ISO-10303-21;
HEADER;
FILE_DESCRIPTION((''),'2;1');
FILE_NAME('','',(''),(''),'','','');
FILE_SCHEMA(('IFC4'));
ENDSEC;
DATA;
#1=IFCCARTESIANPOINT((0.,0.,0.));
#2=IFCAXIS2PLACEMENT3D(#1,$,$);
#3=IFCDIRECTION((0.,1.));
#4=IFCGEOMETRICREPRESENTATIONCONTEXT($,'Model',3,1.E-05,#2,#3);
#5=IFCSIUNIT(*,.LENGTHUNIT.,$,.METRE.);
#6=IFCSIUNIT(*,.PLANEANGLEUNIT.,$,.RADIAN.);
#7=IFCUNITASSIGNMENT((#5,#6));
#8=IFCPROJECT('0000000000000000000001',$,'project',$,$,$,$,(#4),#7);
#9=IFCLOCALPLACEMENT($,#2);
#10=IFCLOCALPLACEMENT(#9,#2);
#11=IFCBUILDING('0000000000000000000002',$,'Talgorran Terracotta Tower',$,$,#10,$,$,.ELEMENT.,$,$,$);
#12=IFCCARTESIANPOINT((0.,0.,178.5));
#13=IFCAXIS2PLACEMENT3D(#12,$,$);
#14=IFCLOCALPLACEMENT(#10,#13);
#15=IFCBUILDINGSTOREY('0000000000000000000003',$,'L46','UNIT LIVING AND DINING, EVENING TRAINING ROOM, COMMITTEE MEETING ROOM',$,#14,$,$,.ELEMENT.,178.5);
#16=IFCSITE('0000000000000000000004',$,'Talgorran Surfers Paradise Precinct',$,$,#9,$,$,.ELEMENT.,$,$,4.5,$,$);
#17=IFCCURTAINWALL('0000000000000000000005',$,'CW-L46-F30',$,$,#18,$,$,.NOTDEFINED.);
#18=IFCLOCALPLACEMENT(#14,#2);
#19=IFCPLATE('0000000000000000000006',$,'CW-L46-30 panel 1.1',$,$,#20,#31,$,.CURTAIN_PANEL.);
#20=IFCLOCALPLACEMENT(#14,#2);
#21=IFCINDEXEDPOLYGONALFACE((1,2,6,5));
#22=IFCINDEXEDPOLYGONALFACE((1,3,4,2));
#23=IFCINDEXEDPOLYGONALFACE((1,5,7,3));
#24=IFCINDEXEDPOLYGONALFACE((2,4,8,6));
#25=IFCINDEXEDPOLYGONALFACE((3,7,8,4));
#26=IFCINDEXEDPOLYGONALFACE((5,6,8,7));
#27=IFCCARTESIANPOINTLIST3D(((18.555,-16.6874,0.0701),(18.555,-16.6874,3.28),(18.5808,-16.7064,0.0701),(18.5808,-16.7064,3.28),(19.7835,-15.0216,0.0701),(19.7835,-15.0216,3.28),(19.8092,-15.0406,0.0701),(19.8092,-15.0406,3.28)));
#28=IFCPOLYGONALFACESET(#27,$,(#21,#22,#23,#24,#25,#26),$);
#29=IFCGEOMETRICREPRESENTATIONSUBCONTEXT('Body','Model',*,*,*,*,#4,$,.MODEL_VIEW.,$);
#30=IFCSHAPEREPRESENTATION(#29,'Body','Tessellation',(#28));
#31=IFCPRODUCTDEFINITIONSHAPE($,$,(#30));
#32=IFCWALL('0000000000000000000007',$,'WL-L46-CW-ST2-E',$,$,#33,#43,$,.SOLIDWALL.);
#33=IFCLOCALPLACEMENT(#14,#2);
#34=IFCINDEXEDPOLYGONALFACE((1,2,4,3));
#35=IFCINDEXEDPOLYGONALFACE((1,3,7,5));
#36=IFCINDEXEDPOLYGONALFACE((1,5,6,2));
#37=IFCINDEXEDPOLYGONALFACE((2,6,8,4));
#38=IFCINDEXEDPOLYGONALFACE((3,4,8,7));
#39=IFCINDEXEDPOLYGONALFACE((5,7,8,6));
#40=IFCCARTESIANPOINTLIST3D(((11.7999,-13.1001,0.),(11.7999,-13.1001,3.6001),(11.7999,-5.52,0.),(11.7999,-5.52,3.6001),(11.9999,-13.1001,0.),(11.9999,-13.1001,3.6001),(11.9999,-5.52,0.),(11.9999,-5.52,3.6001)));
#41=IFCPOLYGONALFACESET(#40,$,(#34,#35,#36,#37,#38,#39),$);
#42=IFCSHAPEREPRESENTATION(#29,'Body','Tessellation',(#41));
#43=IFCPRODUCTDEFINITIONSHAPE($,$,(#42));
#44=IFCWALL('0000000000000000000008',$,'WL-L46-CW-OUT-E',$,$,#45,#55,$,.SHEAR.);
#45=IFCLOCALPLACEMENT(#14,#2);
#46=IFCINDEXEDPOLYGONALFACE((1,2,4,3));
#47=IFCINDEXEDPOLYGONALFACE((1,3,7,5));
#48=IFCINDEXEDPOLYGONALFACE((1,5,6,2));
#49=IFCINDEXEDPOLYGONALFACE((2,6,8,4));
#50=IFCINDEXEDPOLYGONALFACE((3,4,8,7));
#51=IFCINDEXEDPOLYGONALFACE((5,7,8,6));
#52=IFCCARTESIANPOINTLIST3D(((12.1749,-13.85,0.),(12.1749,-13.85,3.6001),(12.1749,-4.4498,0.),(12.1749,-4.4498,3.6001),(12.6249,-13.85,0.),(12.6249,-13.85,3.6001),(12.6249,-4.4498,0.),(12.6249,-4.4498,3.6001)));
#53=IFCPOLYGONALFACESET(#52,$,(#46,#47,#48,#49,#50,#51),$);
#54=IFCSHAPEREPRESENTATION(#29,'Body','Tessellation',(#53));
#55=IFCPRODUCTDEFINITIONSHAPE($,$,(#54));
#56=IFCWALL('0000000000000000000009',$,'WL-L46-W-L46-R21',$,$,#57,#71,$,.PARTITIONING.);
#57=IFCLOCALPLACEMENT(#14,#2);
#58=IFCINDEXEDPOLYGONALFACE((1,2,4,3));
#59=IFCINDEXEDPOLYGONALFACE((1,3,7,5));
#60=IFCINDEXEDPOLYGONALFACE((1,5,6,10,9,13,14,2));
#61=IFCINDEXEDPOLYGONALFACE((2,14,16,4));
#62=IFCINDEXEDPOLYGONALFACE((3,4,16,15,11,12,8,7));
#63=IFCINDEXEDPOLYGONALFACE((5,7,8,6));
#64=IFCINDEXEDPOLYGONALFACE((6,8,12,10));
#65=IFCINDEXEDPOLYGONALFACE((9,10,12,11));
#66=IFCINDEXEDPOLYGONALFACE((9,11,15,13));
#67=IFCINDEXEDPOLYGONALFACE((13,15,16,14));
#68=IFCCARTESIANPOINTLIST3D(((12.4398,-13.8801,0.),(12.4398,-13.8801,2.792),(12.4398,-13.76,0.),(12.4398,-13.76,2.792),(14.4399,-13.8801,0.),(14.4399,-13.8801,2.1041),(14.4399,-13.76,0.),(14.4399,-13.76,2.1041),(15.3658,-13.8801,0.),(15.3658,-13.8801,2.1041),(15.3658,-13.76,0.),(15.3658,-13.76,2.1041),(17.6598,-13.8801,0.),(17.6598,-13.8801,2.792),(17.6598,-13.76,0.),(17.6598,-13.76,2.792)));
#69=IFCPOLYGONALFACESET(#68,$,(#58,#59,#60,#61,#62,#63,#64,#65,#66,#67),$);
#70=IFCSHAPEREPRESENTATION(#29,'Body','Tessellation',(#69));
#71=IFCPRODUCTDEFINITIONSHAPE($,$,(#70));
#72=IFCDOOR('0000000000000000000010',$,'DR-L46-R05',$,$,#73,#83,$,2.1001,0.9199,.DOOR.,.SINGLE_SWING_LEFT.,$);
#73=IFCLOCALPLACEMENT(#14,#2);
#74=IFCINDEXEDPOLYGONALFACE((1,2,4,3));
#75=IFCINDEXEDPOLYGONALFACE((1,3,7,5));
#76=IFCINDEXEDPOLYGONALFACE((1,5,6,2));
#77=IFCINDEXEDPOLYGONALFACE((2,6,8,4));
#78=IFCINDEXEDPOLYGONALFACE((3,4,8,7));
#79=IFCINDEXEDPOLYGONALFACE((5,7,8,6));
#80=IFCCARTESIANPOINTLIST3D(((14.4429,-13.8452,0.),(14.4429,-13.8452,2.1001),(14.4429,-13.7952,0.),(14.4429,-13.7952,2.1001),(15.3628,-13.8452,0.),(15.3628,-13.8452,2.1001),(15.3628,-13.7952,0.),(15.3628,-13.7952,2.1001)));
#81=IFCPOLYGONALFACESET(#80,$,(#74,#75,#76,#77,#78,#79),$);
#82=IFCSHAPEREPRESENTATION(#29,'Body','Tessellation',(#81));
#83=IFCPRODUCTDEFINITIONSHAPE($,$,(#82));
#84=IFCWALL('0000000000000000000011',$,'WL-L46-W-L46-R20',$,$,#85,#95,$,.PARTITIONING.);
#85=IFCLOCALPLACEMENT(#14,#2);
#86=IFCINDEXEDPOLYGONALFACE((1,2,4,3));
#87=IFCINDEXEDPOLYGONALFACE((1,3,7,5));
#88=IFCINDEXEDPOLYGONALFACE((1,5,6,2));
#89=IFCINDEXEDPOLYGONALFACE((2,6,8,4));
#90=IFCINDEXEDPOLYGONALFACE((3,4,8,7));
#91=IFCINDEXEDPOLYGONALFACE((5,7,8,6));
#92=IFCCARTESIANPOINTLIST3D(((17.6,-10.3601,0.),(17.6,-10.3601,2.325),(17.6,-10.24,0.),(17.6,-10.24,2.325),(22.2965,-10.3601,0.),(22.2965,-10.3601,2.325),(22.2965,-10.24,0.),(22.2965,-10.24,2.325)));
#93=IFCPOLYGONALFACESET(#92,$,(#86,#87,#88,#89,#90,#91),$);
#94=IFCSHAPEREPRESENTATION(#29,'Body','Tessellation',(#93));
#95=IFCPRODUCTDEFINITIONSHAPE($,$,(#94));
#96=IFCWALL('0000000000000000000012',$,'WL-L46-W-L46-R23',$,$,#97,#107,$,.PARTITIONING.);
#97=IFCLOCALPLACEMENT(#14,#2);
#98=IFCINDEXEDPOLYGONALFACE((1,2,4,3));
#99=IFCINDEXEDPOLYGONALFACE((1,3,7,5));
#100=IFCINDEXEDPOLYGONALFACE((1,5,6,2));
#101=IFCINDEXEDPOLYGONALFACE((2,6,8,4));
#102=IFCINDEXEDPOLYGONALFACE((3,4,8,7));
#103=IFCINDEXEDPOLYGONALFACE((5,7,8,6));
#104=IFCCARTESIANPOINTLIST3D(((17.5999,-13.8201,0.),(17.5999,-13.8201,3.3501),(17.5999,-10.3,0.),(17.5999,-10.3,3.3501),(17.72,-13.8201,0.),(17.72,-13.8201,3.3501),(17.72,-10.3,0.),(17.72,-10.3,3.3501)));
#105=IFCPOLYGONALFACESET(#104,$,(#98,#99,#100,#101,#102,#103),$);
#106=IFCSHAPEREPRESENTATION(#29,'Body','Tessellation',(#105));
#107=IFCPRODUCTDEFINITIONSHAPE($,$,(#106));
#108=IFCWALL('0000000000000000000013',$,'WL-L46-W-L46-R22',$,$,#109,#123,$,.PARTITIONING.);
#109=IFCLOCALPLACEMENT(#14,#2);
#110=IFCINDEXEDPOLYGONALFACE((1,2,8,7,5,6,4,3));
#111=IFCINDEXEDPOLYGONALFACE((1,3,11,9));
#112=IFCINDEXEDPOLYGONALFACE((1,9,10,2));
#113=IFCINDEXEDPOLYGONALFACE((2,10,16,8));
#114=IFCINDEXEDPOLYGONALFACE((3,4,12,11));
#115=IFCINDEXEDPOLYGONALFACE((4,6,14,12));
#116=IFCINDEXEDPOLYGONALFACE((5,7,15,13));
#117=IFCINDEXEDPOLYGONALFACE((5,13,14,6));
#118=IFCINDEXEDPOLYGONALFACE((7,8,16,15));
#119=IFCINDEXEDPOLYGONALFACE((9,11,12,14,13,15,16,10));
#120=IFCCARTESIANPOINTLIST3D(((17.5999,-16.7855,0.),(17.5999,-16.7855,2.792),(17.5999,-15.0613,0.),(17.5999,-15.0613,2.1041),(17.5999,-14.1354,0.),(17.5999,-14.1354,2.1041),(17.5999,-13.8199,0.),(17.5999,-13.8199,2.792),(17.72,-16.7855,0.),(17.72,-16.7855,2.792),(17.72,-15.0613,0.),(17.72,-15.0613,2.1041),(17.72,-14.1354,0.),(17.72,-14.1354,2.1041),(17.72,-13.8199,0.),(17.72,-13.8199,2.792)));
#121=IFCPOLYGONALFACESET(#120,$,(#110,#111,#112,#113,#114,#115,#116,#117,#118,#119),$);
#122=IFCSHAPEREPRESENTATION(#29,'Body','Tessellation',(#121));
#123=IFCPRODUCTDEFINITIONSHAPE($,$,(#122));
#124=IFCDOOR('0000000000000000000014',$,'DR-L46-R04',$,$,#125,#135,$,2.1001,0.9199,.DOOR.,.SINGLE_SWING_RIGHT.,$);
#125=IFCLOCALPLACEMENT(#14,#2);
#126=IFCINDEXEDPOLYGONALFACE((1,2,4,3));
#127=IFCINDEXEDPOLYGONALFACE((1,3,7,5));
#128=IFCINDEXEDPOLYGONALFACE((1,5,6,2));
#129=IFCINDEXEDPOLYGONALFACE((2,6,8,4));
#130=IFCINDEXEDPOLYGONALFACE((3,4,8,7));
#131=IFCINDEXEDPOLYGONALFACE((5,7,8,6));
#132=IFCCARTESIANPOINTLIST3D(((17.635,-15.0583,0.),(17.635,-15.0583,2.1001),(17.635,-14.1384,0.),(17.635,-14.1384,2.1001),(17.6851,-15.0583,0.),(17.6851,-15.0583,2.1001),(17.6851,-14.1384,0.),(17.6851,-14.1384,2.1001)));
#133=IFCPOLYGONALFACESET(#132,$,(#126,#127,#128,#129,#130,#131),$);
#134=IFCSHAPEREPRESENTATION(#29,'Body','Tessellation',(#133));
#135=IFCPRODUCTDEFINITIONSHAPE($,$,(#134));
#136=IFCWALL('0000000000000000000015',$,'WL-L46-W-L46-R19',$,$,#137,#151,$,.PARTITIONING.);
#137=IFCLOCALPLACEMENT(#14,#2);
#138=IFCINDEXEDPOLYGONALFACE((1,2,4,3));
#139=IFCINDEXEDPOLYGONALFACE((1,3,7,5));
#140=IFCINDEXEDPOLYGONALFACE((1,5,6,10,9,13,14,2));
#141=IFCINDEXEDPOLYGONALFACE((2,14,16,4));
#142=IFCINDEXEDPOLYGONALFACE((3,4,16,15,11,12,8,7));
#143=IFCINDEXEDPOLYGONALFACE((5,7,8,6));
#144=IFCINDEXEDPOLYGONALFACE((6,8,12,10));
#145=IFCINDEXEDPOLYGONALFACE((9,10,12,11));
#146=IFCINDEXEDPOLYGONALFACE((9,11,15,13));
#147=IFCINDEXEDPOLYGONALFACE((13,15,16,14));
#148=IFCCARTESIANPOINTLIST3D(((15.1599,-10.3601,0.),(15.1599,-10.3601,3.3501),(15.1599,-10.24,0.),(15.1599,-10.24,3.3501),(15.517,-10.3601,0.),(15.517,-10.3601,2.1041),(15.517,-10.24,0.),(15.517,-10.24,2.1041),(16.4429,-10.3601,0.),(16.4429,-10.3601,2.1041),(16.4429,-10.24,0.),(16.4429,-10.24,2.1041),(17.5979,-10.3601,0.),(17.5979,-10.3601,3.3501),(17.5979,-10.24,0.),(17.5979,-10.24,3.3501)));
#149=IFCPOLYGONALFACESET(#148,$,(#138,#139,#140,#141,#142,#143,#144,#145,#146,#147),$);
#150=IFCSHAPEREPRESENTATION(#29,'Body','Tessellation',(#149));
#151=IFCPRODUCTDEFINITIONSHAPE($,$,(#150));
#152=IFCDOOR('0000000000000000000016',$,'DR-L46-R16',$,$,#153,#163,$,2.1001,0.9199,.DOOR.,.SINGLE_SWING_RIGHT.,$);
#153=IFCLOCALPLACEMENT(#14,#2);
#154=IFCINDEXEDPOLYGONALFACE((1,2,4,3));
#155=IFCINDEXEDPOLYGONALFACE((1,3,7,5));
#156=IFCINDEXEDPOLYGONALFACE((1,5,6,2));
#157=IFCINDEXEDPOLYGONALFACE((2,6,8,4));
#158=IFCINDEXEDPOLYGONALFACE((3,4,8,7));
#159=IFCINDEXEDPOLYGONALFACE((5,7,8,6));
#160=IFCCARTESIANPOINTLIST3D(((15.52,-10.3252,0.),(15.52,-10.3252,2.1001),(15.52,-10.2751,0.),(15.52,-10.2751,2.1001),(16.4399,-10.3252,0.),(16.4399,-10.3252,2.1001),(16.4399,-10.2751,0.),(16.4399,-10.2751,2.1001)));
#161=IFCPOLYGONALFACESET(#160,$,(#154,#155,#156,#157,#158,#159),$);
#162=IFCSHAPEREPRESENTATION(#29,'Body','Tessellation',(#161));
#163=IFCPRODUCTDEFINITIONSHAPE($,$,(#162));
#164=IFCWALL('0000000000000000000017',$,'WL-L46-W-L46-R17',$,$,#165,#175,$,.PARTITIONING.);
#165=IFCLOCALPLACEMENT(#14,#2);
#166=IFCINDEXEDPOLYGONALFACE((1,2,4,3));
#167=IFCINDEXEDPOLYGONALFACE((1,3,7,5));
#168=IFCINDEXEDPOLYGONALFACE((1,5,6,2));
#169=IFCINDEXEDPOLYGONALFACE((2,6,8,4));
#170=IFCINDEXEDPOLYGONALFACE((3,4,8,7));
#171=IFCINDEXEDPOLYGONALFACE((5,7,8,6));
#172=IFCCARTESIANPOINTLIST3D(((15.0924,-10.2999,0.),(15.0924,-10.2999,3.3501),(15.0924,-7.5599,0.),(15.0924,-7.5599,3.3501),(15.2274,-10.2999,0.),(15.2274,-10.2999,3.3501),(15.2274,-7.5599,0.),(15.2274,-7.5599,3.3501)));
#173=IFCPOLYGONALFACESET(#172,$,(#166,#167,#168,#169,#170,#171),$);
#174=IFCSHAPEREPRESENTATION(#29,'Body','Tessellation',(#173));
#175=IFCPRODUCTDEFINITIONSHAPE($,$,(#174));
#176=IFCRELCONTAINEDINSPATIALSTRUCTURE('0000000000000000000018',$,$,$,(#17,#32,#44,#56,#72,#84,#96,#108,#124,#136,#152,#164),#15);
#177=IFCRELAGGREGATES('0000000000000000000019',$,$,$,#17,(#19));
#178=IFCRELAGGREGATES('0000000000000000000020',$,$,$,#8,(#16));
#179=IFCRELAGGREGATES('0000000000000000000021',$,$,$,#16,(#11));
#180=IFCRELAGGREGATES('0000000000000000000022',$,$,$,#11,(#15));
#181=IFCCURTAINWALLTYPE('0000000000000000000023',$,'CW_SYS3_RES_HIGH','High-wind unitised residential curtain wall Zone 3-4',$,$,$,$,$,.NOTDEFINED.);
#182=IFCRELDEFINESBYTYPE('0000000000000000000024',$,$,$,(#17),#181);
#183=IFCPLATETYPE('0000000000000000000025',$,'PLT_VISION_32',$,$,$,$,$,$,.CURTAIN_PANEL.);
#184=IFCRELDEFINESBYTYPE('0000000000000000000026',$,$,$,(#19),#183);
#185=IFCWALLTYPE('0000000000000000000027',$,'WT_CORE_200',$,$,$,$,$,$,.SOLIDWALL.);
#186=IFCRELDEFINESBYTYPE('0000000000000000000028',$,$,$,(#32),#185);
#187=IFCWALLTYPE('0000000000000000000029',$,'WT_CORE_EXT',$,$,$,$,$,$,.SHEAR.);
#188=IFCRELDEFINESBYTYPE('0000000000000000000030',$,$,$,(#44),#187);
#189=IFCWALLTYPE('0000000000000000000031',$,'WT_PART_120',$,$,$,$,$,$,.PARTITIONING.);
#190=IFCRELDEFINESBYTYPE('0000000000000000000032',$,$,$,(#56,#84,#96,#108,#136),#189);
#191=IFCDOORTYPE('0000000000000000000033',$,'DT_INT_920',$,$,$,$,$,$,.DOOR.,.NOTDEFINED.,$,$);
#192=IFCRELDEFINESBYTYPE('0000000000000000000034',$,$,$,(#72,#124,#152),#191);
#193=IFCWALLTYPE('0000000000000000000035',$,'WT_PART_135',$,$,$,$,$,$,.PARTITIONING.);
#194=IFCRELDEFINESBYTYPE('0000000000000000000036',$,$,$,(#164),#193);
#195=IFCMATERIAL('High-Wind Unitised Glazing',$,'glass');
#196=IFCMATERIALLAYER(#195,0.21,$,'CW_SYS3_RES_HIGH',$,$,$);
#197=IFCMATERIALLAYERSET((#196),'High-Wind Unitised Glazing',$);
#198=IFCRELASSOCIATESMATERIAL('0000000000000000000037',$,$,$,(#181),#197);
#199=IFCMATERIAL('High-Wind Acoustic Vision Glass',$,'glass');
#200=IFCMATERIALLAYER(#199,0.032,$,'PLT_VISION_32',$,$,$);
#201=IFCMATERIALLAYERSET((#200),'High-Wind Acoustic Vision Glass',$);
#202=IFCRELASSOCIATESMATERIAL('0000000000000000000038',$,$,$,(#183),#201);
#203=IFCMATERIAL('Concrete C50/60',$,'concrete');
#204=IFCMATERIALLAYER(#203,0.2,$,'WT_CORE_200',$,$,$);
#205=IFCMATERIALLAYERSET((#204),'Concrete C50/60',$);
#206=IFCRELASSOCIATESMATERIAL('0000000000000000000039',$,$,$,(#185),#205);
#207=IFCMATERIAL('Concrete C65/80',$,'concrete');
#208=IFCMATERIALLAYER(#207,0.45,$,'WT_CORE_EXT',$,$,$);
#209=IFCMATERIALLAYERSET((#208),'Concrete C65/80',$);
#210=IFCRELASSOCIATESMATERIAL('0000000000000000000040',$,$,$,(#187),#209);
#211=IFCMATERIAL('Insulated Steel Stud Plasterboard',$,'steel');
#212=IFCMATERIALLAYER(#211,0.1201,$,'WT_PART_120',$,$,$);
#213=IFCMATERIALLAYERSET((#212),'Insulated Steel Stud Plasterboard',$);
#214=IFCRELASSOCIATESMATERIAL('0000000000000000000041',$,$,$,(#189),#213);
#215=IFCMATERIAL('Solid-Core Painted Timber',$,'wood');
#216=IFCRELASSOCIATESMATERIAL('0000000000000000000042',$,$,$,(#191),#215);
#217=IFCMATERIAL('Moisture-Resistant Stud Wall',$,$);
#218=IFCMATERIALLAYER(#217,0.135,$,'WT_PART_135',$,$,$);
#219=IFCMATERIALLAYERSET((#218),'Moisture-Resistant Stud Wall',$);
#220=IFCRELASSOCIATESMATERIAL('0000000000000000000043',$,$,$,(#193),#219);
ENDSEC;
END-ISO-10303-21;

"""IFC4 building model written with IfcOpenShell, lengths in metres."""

from ifc_helpers import new_model, si_unit, direction, frame, frame_2d, origin, origin_2d, place, context, subcontext, project, spatial, rectangle, extrude, source, transform, mapped, material, layer, layer_set, type_object, element, fill, aggregate, save


model = new_model("IFC4")

# Units and contexts
model_context = context("Model", 3, precision=1e-05, world=origin(), true_north=direction((0.0, 1.0)))
body_context = subcontext(model_context, "Body", "Model", "MODEL_VIEW")
ifc_project = project(units=[si_unit("LENGTHUNIT", "METRE"), si_unit("PLANEANGLEUNIT", "RADIAN")], contexts=[model_context])

# Site, building, storey
site_placement = place(None, origin())
site = spatial("IfcSite", under=ifc_project, at=site_placement, Name="Talgorran Surfers Paradise Precinct", CompositionType="ELEMENT", RefElevation=4.5)
building_placement = place(site_placement, origin())
building = spatial("IfcBuilding", under=site, at=building_placement, Name="Talgorran Terracotta Tower", CompositionType="ELEMENT")
storey_placement = place(building_placement, frame((0.0, 0.0, 178.5)))
storey = spatial("IfcBuildingStorey", under=building, at=storey_placement, Name="L46", Description="UNIT LIVING AND DINING, EVENING TRAINING ROOM, COMMITTEE MEETING ROOM", CompositionType="ELEMENT", Elevation=178.5)

# Shared definitions
ifc_material_1 = material(Name="High-Wind Unitised Glazing", Category="glass")
ifc_layer_1 = layer(ifc_material_1, 0.21, Name="CW_SYS3_RES_HIGH")
ifc_layer_set_1 = layer_set([ifc_layer_1], Name="High-Wind Unitised Glazing")
curtain_wall_type = type_object("IfcCurtainWallType", Name="CW_SYS3_RES_HIGH", Description="High-wind unitised residential curtain wall Zone 3-4", PredefinedType="NOTDEFINED", material=ifc_layer_set_1)

# Curtain wall
curtain_wall_1_placement = place(storey_placement, origin())
curtain_wall_1 = element("IfcCurtainWall", 1, at=curtain_wall_1_placement, inside=storey, type_object=curtain_wall_type, Name="CW-L46-F30", PredefinedType="NOTDEFINED")

# Plate
ifc_material_2 = material(Name="High-Wind Acoustic Vision Glass", Category="glass")
ifc_layer_2 = layer(ifc_material_2, 0.032, Name="PLT_VISION_32")
ifc_layer_set_2 = layer_set([ifc_layer_2], Name="High-Wind Acoustic Vision Glass")
plate_type = type_object("IfcPlateType", Name="PLT_VISION_32", PredefinedType="CURTAIN_PANEL", material=ifc_layer_set_2)
shared_shape_1 = source(origin(), body_context, "Body", "SweptSolid", [
    extrude(rectangle(XDim=2.0698, YDim=0.032, at=origin_2d()), origin(), (0.0, 0.0, 1.0), 3.21),
])
plate_1_placement = place(storey_placement, frame((19.1821, -15.864, 0.0701), z_axis=(0.0, 0.0, 1.0), x_axis=(0.593508, 0.804828, 0.0)))
plate_1 = element("IfcPlate", 2, at=plate_1_placement, type_object=plate_type, Name="CW-L46-30 panel 1.1", PredefinedType="CURTAIN_PANEL", context=body_context, shape_type="MappedRepresentation", body=[
    mapped(shared_shape_1, transform((0.0, 0.0, 0.0), scale=1.0)),
])
aggregate(curtain_wall_1, [plate_1])

# Walls
ifc_material_3 = material(Name="Concrete C50/60", Category="concrete")
ifc_layer_3 = layer(ifc_material_3, 0.2, Name="WT_CORE_200")
ifc_layer_set_3 = layer_set([ifc_layer_3], Name="Concrete C50/60")
wall_type_1 = type_object("IfcWallType", Name="WT_CORE_200", PredefinedType="SOLIDWALL", material=ifc_layer_set_3)
wall_1_placement = place(storey_placement, frame((11.8999, -13.1001, 0.0), z_axis=(0.0, 0.0, 1.0), x_axis=(0.0, 1.0, 0.0)))
element("IfcWall", 3, at=wall_1_placement, inside=storey, type_object=wall_type_1, Name="WL-L46-CW-ST2-E", PredefinedType="SOLIDWALL", context=body_context, shape_type="SweptSolid", body=[
    extrude(rectangle(XDim=7.5801, YDim=0.2, at=frame_2d((3.79, 0.0))), origin(), (0.0, 0.0, 1.0), 3.6001),
])
ifc_material_4 = material(Name="Concrete C65/80", Category="concrete")
ifc_layer_4 = layer(ifc_material_4, 0.45, Name="WT_CORE_EXT")
ifc_layer_set_4 = layer_set([ifc_layer_4], Name="Concrete C65/80")
wall_type_2 = type_object("IfcWallType", Name="WT_CORE_EXT", PredefinedType="SHEAR", material=ifc_layer_set_4)
wall_2_placement = place(storey_placement, frame((12.3999, -13.8501, 0.0), z_axis=(0.0, 0.0, 1.0), x_axis=(0.0, 1.0, 0.0)))
element("IfcWall", 4, at=wall_2_placement, inside=storey, type_object=wall_type_2, Name="WL-L46-CW-OUT-E", PredefinedType="SHEAR", context=body_context, shape_type="SweptSolid", body=[
    extrude(rectangle(XDim=9.4001, YDim=0.45, at=frame_2d((4.7002, 0.0))), origin(), (0.0, 0.0, 1.0), 3.6001),
])

# Wall, opening, door
ifc_material_5 = material(Name="Insulated Steel Stud Plasterboard", Category="steel")
ifc_layer_5 = layer(ifc_material_5, 0.1201, Name="WT_PART_120")
ifc_layer_set_5 = layer_set([ifc_layer_5], Name="Insulated Steel Stud Plasterboard")
wall_type_3 = type_object("IfcWallType", Name="WT_PART_120", PredefinedType="PARTITIONING", material=ifc_layer_set_5)
wall_3_placement = place(storey_placement, frame((12.4399, -13.8201, 0.0), z_axis=(0.0, 0.0, 1.0), x_axis=(1.0, 0.0, 0.0)))
wall_3 = element("IfcWall", 5, at=wall_3_placement, inside=storey, type_object=wall_type_3, Name="WL-L46-W-L46-R21", PredefinedType="PARTITIONING", context=body_context, shape_type="SweptSolid", body=[
    extrude(rectangle(XDim=5.22, YDim=0.1201, at=frame_2d((2.6099, 0.0))), origin(), (0.0, 0.0, 1.0), 2.792),
])
opening_1_placement = place(wall_3_placement, frame((2.0029, 0.0, 0.0)))
opening_1 = element("IfcOpeningElement", 6, at=opening_1_placement, cuts=wall_3, PredefinedType="OPENING", context=body_context, shape_type="SweptSolid", body=[
    extrude(rectangle(XDim=0.9259, YDim=2.1041, at=frame_2d((0.46, 1.052))), frame((0.0, 0.0701, 0.0), z_axis=(0.0, -1.0, 0.0), x_axis=(1.0, 0.0, 0.0)), (0.0, 0.0, 1.0), 0.1401),
])
ifc_material_6 = material(Name="Solid-Core Painted Timber", Category="wood")
door_type = type_object("IfcDoorType", Name="DT_INT_920", OperationType="NOTDEFINED", PredefinedType="DOOR", material=ifc_material_6)
door_1_placement = place(opening_1_placement, origin())
door_1 = element("IfcDoor", 7, at=door_1_placement, inside=storey, type_object=door_type, Name="DR-L46-R05", OperationType="SINGLE_SWING_LEFT", OverallHeight=2.1001, OverallWidth=0.9199, PredefinedType="DOOR", context=body_context, shape_type="SweptSolid", body=[
    extrude(rectangle(XDim=0.9199, YDim=2.1001, at=frame_2d((0.46, 1.05))), frame((0.0, 0.0249, 0.0), z_axis=(0.0, -1.0, 0.0), x_axis=(1.0, 0.0, 0.0)), (0.0, 0.0, 1.0), 0.05),
])
fill(opening_1, door_1)

# Walls
wall_4_placement = place(storey_placement, frame((17.6001, -10.3, 0.0), z_axis=(0.0, 0.0, 1.0), x_axis=(1.0, 0.0, 0.0)))
element("IfcWall", 8, at=wall_4_placement, inside=storey, type_object=wall_type_3, Name="WL-L46-W-L46-R20", PredefinedType="PARTITIONING", context=body_context, shape_type="SweptSolid", body=[
    extrude(rectangle(XDim=4.6965, YDim=0.1201, at=frame_2d((2.3481, 0.0))), origin(), (0.0, 0.0, 1.0), 2.325),
])
wall_5_placement = place(storey_placement, frame((17.6599, -13.8201, 0.0), z_axis=(0.0, 0.0, 1.0), x_axis=(0.0, 1.0, 0.0)))
element("IfcWall", 9, at=wall_5_placement, inside=storey, type_object=wall_type_3, Name="WL-L46-W-L46-R23", PredefinedType="PARTITIONING", context=body_context, shape_type="SweptSolid", body=[
    extrude(rectangle(XDim=3.52, YDim=0.1201, at=frame_2d((1.76, 0.0))), origin(), (0.0, 0.0, 1.0), 3.3501),
])

# Walls, openings, doors
wall_6_placement = place(storey_placement, frame((17.6599, -16.7856, 0.0), z_axis=(0.0, 0.0, 1.0), x_axis=(0.0, 1.0, 0.0)))
wall_6 = element("IfcWall", 10, at=wall_6_placement, inside=storey, type_object=wall_type_3, Name="WL-L46-W-L46-R22", PredefinedType="PARTITIONING", context=body_context, shape_type="SweptSolid", body=[
    extrude(rectangle(XDim=2.9656, YDim=0.1201, at=frame_2d((1.4829, 0.0))), origin(), (0.0, 0.0, 1.0), 2.792),
])
opening_2_placement = place(wall_6_placement, frame((1.7273, 0.0, 0.0)))
opening_2 = element("IfcOpeningElement", 11, at=opening_2_placement, cuts=wall_6, PredefinedType="OPENING", context=body_context, shape_type="SweptSolid", body=[
    extrude(rectangle(XDim=0.9259, YDim=2.1041, at=frame_2d((0.46, 1.052))), frame((0.0, 0.0701, 0.0), z_axis=(0.0, -1.0, 0.0), x_axis=(1.0, 0.0, 0.0)), (0.0, 0.0, 1.0), 0.1401),
])
door_2_placement = place(opening_2_placement, origin())
door_2 = element("IfcDoor", 12, at=door_2_placement, inside=storey, type_object=door_type, Name="DR-L46-R04", OperationType="SINGLE_SWING_RIGHT", OverallHeight=2.1001, OverallWidth=0.9199, PredefinedType="DOOR", context=body_context, shape_type="SweptSolid", body=[
    extrude(rectangle(XDim=0.9199, YDim=2.1001, at=frame_2d((0.46, 1.05))), frame((0.0, 0.0249, 0.0), z_axis=(0.0, -1.0, 0.0), x_axis=(1.0, 0.0, 0.0)), (0.0, 0.0, 1.0), 0.05),
])
fill(opening_2, door_2)
wall_7_placement = place(storey_placement, frame((15.1599, -10.3, 0.0), z_axis=(0.0, 0.0, 1.0), x_axis=(1.0, 0.0, 0.0)))
wall_7 = element("IfcWall", 13, at=wall_7_placement, inside=storey, type_object=wall_type_3, Name="WL-L46-W-L46-R19", PredefinedType="PARTITIONING", context=body_context, shape_type="SweptSolid", body=[
    extrude(rectangle(XDim=2.438, YDim=0.1201, at=frame_2d((1.219, 0.0))), origin(), (0.0, 0.0, 1.0), 3.3501),
])
opening_3_placement = place(wall_7_placement, frame((0.3601, 0.0, 0.0)))
opening_3 = element("IfcOpeningElement", 14, at=opening_3_placement, cuts=wall_7, PredefinedType="OPENING", context=body_context, shape_type="SweptSolid", body=[
    extrude(rectangle(XDim=0.9259, YDim=2.1041, at=frame_2d((0.46, 1.052))), frame((0.0, 0.0701, 0.0), z_axis=(0.0, -1.0, 0.0), x_axis=(1.0, 0.0, 0.0)), (0.0, 0.0, 1.0), 0.1401),
])
door_3_placement = place(opening_3_placement, origin())
door_3 = element("IfcDoor", 15, at=door_3_placement, inside=storey, type_object=door_type, Name="DR-L46-R16", OperationType="SINGLE_SWING_RIGHT", OverallHeight=2.1001, OverallWidth=0.9199, PredefinedType="DOOR", context=body_context, shape_type="SweptSolid", body=[
    extrude(rectangle(XDim=0.9199, YDim=2.1001, at=frame_2d((0.46, 1.05))), frame((0.0, 0.0249, 0.0), z_axis=(0.0, -1.0, 0.0), x_axis=(1.0, 0.0, 0.0)), (0.0, 0.0, 1.0), 0.05),
])
fill(opening_3, door_3)

# Wall
ifc_material_7 = material(Name="Moisture-Resistant Stud Wall")
ifc_layer_6 = layer(ifc_material_7, 0.135, Name="WT_PART_135")
ifc_layer_set_6 = layer_set([ifc_layer_6], Name="Moisture-Resistant Stud Wall")
wall_type_4 = type_object("IfcWallType", Name="WT_PART_135", PredefinedType="PARTITIONING", material=ifc_layer_set_6)
wall_8_placement = place(storey_placement, frame((15.1599, -10.3, 0.0), z_axis=(0.0, 0.0, 1.0), x_axis=(0.0, 1.0, 0.0)))
element("IfcWall", 16, at=wall_8_placement, inside=storey, type_object=wall_type_4, Name="WL-L46-W-L46-R17", PredefinedType="PARTITIONING", context=body_context, shape_type="SweptSolid", body=[
    extrude(rectangle(XDim=2.74, YDim=0.135, at=frame_2d((1.3701, 0.0))), origin(), (0.0, 0.0, 1.0), 3.3501),
])

save(model, "model.ifc")
